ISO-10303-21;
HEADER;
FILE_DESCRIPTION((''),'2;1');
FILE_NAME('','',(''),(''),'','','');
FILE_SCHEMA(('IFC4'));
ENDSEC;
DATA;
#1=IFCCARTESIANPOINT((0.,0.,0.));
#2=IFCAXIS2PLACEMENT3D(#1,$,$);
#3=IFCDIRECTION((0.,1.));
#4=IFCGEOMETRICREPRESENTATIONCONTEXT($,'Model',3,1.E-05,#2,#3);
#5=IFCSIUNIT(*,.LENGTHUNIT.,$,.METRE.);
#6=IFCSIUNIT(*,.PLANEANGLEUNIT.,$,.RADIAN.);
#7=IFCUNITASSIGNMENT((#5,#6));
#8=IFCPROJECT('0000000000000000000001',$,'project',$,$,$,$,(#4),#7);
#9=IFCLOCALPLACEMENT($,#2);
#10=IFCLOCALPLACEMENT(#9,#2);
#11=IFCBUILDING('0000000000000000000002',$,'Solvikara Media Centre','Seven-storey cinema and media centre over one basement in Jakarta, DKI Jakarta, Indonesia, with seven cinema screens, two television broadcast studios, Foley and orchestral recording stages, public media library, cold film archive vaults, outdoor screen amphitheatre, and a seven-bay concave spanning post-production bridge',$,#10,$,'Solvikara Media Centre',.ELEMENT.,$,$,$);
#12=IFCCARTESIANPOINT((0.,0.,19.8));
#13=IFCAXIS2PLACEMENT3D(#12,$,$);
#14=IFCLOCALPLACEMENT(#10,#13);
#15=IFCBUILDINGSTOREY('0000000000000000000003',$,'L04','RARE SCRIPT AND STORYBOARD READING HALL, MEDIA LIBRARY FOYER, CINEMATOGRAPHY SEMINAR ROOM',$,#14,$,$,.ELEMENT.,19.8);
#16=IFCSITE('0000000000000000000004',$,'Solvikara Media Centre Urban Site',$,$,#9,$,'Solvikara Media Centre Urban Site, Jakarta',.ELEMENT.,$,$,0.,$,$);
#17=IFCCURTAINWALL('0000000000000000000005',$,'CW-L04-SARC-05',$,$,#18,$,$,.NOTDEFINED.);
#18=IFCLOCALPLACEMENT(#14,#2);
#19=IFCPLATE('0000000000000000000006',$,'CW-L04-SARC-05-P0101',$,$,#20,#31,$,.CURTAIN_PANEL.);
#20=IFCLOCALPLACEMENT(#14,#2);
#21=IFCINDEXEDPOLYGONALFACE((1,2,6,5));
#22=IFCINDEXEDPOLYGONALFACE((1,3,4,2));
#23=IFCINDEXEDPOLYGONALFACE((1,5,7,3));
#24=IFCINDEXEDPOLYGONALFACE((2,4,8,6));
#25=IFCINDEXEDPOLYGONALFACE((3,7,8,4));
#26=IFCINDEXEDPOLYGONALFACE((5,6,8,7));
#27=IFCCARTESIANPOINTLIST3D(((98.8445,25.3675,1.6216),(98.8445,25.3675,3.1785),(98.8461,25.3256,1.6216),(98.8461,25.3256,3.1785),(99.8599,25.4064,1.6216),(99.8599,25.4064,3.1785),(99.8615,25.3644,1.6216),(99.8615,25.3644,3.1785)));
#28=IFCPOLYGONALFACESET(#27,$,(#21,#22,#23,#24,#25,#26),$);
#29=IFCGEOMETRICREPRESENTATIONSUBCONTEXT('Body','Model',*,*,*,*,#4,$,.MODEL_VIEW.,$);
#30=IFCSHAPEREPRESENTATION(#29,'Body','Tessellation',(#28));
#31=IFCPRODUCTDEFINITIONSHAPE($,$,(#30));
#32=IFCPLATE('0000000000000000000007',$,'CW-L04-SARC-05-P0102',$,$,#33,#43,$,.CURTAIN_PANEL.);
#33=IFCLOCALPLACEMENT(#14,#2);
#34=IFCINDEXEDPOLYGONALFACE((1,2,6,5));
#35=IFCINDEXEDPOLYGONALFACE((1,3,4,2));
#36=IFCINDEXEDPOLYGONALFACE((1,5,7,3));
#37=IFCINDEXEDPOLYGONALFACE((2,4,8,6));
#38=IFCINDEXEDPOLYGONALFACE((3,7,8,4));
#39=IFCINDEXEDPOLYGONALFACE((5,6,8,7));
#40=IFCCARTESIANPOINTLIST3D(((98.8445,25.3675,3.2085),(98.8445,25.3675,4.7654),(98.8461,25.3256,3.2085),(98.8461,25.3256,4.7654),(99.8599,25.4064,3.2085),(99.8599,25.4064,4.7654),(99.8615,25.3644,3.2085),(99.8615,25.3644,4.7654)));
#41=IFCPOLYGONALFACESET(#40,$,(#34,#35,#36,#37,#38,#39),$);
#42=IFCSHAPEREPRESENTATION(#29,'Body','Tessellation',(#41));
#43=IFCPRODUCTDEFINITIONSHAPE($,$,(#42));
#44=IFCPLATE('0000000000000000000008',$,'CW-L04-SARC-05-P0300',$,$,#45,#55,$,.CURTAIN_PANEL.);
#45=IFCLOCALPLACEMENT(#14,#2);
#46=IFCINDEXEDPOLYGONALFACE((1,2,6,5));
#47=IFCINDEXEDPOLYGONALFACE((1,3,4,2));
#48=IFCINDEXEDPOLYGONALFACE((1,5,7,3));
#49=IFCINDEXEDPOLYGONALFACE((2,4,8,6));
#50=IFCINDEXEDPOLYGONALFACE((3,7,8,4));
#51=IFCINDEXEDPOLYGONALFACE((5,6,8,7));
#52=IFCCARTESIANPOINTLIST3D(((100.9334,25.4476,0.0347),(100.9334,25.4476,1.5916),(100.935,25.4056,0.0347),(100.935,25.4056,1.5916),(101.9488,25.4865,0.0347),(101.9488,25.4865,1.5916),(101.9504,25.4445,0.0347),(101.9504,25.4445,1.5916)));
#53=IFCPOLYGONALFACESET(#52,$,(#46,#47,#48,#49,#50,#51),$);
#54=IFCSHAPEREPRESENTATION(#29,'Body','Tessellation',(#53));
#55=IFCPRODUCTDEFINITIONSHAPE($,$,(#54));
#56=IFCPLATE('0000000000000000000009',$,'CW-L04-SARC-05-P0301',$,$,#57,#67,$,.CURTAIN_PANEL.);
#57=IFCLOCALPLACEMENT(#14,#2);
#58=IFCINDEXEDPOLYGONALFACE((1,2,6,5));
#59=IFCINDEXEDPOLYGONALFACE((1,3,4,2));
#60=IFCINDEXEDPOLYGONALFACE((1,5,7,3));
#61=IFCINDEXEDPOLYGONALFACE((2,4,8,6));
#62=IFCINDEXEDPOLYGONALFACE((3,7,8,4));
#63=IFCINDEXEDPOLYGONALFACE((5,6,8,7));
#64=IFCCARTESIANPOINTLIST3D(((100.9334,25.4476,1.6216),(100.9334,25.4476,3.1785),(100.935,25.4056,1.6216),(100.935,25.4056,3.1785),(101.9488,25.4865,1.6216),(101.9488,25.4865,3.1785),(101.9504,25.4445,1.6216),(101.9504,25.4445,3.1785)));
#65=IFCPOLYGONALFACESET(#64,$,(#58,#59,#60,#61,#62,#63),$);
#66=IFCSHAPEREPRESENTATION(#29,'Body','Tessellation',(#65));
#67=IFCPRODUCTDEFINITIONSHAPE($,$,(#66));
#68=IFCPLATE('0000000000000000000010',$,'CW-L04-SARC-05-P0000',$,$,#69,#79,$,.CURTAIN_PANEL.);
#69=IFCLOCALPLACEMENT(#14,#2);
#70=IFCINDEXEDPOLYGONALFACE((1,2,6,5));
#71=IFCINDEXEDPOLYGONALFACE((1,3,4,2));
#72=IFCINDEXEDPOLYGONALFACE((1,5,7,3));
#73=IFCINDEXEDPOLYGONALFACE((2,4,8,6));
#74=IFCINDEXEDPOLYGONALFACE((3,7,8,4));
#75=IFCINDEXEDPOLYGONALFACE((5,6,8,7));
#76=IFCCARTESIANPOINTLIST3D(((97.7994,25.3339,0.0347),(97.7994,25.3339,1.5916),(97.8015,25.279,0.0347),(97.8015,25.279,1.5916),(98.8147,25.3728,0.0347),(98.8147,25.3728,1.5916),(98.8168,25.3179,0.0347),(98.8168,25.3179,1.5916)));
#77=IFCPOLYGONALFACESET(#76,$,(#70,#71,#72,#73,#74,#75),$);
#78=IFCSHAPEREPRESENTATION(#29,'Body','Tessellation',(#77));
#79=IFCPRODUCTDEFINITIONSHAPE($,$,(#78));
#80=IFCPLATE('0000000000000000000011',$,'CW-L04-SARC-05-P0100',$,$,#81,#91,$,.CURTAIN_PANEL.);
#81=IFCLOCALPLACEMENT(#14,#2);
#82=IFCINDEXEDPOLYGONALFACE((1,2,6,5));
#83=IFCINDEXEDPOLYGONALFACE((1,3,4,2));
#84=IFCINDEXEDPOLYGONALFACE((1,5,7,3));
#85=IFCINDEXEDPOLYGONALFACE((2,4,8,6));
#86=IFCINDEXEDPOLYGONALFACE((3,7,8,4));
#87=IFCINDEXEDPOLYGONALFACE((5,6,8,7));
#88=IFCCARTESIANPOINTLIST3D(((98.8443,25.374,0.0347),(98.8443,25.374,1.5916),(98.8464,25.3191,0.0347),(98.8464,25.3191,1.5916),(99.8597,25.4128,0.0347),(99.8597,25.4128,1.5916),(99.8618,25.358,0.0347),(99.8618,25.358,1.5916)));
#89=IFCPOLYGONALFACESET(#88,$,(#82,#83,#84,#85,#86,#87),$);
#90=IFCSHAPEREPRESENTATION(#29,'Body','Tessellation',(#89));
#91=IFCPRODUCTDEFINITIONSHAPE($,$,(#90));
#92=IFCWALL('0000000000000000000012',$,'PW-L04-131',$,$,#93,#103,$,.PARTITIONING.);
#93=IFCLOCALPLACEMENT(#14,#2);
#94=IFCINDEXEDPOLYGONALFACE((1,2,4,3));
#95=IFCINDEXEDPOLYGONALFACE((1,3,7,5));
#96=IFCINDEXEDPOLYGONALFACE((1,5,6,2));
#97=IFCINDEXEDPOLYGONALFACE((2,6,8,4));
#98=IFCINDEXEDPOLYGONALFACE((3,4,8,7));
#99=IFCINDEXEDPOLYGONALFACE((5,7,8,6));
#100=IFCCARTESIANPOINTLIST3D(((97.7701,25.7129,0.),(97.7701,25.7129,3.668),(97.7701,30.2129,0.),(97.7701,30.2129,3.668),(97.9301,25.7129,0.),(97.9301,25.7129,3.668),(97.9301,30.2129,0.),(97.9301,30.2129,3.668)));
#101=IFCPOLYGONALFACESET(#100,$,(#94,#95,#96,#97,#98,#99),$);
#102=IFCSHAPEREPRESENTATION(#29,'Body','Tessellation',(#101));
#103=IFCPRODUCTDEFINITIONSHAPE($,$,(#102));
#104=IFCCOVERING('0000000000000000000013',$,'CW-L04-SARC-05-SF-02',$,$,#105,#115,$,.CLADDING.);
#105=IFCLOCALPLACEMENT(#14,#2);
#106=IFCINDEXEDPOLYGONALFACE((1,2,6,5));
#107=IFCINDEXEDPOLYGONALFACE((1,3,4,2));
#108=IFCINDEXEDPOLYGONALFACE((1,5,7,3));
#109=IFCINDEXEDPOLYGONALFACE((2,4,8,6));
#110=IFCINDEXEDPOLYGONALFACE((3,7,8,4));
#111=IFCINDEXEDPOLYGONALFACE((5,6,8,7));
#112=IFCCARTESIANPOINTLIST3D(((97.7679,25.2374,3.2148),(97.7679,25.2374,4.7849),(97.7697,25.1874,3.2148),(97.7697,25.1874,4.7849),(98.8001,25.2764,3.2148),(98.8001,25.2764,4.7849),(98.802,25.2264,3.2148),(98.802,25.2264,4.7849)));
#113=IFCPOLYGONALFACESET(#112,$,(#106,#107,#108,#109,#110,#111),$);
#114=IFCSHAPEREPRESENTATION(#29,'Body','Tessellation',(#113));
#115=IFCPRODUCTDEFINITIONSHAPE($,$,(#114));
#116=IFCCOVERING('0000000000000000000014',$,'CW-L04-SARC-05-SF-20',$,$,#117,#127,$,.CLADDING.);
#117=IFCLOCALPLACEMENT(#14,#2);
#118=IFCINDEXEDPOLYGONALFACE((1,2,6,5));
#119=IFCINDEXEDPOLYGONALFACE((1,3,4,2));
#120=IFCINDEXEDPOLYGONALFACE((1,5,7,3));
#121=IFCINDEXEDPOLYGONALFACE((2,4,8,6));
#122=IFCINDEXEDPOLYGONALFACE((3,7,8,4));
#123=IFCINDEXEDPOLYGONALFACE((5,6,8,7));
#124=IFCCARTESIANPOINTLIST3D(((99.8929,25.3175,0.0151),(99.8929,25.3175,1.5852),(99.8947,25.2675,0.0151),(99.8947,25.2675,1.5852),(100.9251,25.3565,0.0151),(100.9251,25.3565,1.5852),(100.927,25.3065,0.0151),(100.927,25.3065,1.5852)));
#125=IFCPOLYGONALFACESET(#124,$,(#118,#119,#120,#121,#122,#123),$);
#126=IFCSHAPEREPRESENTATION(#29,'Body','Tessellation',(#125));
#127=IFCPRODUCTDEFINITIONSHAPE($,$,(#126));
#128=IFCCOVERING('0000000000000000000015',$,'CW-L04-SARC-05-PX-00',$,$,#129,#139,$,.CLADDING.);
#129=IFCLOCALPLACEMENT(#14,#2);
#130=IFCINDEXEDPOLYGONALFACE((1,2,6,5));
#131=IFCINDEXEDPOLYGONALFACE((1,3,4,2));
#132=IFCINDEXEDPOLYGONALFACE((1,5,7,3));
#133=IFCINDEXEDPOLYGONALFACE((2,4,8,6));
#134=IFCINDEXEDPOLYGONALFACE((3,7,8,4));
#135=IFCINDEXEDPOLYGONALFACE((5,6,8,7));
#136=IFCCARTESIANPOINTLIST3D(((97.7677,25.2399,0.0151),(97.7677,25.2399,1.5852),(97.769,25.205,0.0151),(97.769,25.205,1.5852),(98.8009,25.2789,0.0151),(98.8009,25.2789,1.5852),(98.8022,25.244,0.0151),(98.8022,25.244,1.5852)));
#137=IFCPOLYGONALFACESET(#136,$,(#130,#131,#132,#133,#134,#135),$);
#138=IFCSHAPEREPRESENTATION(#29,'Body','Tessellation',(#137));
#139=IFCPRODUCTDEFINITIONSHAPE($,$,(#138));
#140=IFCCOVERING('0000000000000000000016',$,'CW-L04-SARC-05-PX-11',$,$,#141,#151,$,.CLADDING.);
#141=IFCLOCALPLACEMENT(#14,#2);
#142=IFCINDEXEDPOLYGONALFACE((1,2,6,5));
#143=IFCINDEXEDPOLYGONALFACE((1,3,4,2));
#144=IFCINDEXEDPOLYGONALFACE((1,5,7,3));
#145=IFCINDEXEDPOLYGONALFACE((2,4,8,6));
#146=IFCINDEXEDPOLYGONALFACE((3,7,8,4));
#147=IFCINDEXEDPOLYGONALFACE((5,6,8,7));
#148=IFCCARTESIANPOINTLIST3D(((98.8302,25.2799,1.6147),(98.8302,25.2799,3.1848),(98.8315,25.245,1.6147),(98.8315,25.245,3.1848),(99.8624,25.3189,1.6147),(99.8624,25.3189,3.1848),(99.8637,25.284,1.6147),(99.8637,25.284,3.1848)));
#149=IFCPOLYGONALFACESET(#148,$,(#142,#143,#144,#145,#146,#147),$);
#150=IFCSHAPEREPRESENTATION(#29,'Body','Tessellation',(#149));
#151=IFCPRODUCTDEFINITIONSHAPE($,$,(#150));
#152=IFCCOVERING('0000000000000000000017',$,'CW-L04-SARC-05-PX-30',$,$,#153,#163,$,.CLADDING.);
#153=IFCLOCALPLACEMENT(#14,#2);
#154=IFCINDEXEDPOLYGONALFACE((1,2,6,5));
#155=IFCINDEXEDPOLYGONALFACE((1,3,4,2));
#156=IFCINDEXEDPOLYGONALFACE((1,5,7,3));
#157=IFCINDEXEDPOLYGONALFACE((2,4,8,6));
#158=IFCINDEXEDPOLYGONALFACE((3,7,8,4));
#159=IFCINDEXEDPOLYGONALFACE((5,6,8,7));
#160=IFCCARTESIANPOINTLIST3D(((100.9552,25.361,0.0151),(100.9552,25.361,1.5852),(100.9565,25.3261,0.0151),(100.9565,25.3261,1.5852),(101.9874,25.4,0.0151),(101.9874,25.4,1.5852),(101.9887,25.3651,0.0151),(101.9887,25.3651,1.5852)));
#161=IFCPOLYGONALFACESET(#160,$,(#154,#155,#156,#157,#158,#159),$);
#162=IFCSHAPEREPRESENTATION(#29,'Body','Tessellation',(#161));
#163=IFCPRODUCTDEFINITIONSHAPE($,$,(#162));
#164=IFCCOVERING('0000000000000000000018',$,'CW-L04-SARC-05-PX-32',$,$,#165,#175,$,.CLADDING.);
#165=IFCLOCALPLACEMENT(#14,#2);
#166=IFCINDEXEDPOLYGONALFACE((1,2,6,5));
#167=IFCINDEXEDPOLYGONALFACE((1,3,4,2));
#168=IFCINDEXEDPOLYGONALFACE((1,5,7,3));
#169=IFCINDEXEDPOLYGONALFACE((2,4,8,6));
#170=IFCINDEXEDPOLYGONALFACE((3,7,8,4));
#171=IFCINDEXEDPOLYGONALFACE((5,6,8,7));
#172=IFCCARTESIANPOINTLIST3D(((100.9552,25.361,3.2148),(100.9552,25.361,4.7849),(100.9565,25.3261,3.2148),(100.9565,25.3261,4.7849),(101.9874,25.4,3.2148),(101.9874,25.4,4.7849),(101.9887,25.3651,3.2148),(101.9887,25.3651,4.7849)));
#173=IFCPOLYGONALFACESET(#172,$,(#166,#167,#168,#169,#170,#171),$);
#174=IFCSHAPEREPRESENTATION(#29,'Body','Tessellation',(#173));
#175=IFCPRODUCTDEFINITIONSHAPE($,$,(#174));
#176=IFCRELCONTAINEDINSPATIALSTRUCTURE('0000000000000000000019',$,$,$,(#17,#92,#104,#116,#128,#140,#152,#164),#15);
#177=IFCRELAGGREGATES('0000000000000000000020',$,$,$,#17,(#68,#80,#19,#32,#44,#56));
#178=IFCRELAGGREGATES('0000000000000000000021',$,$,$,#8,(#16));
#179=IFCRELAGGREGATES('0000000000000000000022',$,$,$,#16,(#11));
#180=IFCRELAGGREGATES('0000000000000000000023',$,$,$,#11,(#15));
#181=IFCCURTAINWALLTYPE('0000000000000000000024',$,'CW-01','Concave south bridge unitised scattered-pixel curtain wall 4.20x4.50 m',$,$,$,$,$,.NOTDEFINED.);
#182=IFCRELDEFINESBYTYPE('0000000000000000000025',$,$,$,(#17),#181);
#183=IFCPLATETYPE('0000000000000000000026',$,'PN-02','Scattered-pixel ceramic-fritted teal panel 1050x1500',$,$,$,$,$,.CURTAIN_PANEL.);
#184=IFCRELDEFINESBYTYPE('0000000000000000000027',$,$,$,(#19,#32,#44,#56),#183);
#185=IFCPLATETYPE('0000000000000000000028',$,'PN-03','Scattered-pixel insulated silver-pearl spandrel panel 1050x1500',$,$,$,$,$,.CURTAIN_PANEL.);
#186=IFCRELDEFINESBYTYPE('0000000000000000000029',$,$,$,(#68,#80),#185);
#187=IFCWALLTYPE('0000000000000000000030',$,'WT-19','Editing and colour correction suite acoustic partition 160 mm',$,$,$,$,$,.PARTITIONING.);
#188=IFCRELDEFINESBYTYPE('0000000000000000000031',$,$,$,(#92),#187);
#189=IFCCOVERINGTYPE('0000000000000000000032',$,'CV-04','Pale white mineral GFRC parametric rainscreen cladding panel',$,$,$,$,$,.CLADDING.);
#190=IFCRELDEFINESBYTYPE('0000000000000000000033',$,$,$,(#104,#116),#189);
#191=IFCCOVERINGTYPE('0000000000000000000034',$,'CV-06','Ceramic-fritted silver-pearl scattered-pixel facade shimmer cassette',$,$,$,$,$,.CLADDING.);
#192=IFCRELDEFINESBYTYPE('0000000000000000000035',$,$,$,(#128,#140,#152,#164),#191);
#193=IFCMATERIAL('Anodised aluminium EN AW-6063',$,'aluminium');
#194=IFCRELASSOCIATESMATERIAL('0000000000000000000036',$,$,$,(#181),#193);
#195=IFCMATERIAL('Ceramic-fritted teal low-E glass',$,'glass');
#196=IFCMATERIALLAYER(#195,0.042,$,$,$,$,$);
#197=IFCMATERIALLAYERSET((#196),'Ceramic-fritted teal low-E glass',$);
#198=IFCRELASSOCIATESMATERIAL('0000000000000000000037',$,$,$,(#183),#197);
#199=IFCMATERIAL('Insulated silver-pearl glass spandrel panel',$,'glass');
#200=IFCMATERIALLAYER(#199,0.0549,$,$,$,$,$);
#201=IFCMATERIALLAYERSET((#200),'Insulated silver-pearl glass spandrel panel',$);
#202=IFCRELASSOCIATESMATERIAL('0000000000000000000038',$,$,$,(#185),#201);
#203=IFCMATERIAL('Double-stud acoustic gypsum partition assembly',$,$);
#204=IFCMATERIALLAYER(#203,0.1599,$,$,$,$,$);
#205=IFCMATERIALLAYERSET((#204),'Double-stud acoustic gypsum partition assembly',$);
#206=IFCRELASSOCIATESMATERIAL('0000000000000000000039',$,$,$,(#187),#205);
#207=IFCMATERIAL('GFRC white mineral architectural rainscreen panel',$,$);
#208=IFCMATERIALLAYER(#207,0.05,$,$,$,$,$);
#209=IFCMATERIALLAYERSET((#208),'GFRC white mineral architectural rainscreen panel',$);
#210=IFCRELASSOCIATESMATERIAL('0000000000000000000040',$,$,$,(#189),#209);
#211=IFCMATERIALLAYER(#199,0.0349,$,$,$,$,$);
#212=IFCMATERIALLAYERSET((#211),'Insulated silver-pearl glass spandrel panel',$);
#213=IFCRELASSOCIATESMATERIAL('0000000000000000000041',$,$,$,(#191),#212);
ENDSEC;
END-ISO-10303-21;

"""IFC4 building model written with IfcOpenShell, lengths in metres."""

from ifc_helpers import new_model, si_unit, direction, frame, frame_2d, origin, origin_2d, place, context, subcontext, project, spatial, rectangle, extrude, material, layer, layer_set, type_object, element, aggregate, save


model = new_model("IFC4")

# Units and contexts
model_context = context("Model", 3, precision=1e-05, world=origin(), true_north=direction((0.0, 1.0)))
body_context = subcontext(model_context, "Body", "Model", "MODEL_VIEW")
ifc_project = project(units=[si_unit("LENGTHUNIT", "METRE"), si_unit("PLANEANGLEUNIT", "RADIAN")], contexts=[model_context])

# Site, building, storey
site_placement = place(None, origin())
site = spatial("IfcSite", under=ifc_project, at=site_placement, Name="Solvikara Media Centre Urban Site", LongName="Solvikara Media Centre Urban Site, Jakarta", CompositionType="ELEMENT", RefElevation=0.0)
building_placement = place(site_placement, origin())
building = spatial("IfcBuilding", under=site, at=building_placement, Name="Solvikara Media Centre", Description="Seven-storey cinema and media centre over one basement in Jakarta, DKI Jakarta, Indonesia, with seven cinema screens, two television broadcast studios, Foley and orchestral recording stages, public media library, cold film archive vaults, outdoor screen amphitheatre, and a seven-bay concave spanning post-production bridge", LongName="Solvikara Media Centre", CompositionType="ELEMENT")
storey_placement = place(building_placement, frame((0.0, 0.0, 19.8)))
storey = spatial("IfcBuildingStorey", under=building, at=storey_placement, Name="L04", Description="RARE SCRIPT AND STORYBOARD READING HALL, MEDIA LIBRARY FOYER, CINEMATOGRAPHY SEMINAR ROOM", CompositionType="ELEMENT", Elevation=19.8)

# Curtain wall, plates
ifc_material_1 = material(Name="Anodised aluminium EN AW-6063", Category="aluminium")
curtain_wall_type = type_object("IfcCurtainWallType", Name="CW-01", Description="Concave south bridge unitised scattered-pixel curtain wall 4.20x4.50 m", PredefinedType="NOTDEFINED", material=ifc_material_1)
curtain_wall_placement = place(storey_placement, origin())
curtain_wall = element("IfcCurtainWall", 1, at=curtain_wall_placement, inside=storey, type_object=curtain_wall_type, Name="CW-L04-SARC-05", PredefinedType="NOTDEFINED")
ifc_material_2 = material(Name="Ceramic-fritted teal low-E glass", Category="glass")
ifc_layer_1 = layer(ifc_material_2, 0.042)
ifc_layer_set_1 = layer_set([ifc_layer_1], Name="Ceramic-fritted teal low-E glass")
plate_type_1 = type_object("IfcPlateType", Name="PN-02", Description="Scattered-pixel ceramic-fritted teal panel 1050x1500", PredefinedType="CURTAIN_PANEL", material=ifc_layer_set_1)
plate_1_placement = place(storey_placement, frame((99.353, 25.366, 1.6216), z_axis=(0.0, 0.0, 1.0), x_axis=(0.999268, 0.038248, 0.0)))
plate_1 = element("IfcPlate", 2, at=plate_1_placement, type_object=plate_type_1, Name="CW-L04-SARC-05-P0101", PredefinedType="CURTAIN_PANEL", context=body_context, shape_type="SweptSolid", body=[
    extrude(rectangle(XDim=1.0161, YDim=0.042, at=origin_2d()), origin(), (0.0, 0.0, 1.0), 1.5569),
])
plate_2_placement = place(storey_placement, frame((99.353, 25.366, 3.2085), z_axis=(0.0, 0.0, 1.0), x_axis=(0.999268, 0.038248, 0.0)))
plate_2 = element("IfcPlate", 3, at=plate_2_placement, type_object=plate_type_1, Name="CW-L04-SARC-05-P0102", PredefinedType="CURTAIN_PANEL", context=body_context, shape_type="SweptSolid", body=[
    extrude(rectangle(XDim=1.0161, YDim=0.042, at=origin_2d()), origin(), (0.0, 0.0, 1.0), 1.5569),
])
plate_3_placement = place(storey_placement, frame((101.4419, 25.446, 0.0347), z_axis=(0.0, 0.0, 1.0), x_axis=(0.999268, 0.038248, 0.0)))
plate_3 = element("IfcPlate", 4, at=plate_3_placement, type_object=plate_type_1, Name="CW-L04-SARC-05-P0300", PredefinedType="CURTAIN_PANEL", context=body_context, shape_type="SweptSolid", body=[
    extrude(rectangle(XDim=1.0161, YDim=0.042, at=origin_2d()), origin(), (0.0, 0.0, 1.0), 1.5569),
])
plate_4_placement = place(storey_placement, frame((101.4419, 25.446, 1.6216), z_axis=(0.0, 0.0, 1.0), x_axis=(0.999268, 0.038248, 0.0)))
plate_4 = element("IfcPlate", 5, at=plate_4_placement, type_object=plate_type_1, Name="CW-L04-SARC-05-P0301", PredefinedType="CURTAIN_PANEL", context=body_context, shape_type="SweptSolid", body=[
    extrude(rectangle(XDim=1.0161, YDim=0.042, at=origin_2d()), origin(), (0.0, 0.0, 1.0), 1.5569),
])
ifc_material_3 = material(Name="Insulated silver-pearl glass spandrel panel", Category="glass")
ifc_layer_2 = layer(ifc_material_3, 0.0549)
ifc_layer_set_2 = layer_set([ifc_layer_2], Name="Insulated silver-pearl glass spandrel panel")
plate_type_2 = type_object("IfcPlateType", Name="PN-03", Description="Scattered-pixel insulated silver-pearl spandrel panel 1050x1500", PredefinedType="CURTAIN_PANEL", material=ifc_layer_set_2)
plate_5_placement = place(storey_placement, frame((98.3081, 25.3259, 0.0347), z_axis=(0.0, 0.0, 1.0), x_axis=(0.999268, 0.038248, 0.0)))
plate_5 = element("IfcPlate", 6, at=plate_5_placement, type_object=plate_type_2, Name="CW-L04-SARC-05-P0000", PredefinedType="CURTAIN_PANEL", context=body_context, shape_type="SweptSolid", body=[
    extrude(rectangle(XDim=1.0161, YDim=0.0549, at=origin_2d()), origin(), (0.0, 0.0, 1.0), 1.5569),
])
plate_6_placement = place(storey_placement, frame((99.353, 25.366, 0.0347), z_axis=(0.0, 0.0, 1.0), x_axis=(0.999268, 0.038248, 0.0)))
plate_6 = element("IfcPlate", 7, at=plate_6_placement, type_object=plate_type_2, Name="CW-L04-SARC-05-P0100", PredefinedType="CURTAIN_PANEL", context=body_context, shape_type="SweptSolid", body=[
    extrude(rectangle(XDim=1.0161, YDim=0.0549, at=origin_2d()), origin(), (0.0, 0.0, 1.0), 1.5569),
])
aggregate(curtain_wall, [plate_5, plate_6, plate_1, plate_2, plate_3, plate_4])

# Wall
ifc_material_4 = material(Name="Double-stud acoustic gypsum partition assembly")
ifc_layer_3 = layer(ifc_material_4, 0.1599)
ifc_layer_set_3 = layer_set([ifc_layer_3], Name="Double-stud acoustic gypsum partition assembly")
wall_type = type_object("IfcWallType", Name="WT-19", Description="Editing and colour correction suite acoustic partition 160 mm", PredefinedType="PARTITIONING", material=ifc_layer_set_3)
wall_placement = place(storey_placement, frame((97.8501, 25.7129, 0.0), z_axis=(0.0, 0.0, 1.0), x_axis=(0.0, 1.0, 0.0)))
element("IfcWall", 8, at=wall_placement, inside=storey, type_object=wall_type, Name="PW-L04-131", PredefinedType="PARTITIONING", context=body_context, shape_type="SweptSolid", body=[
    extrude(rectangle(XDim=4.5, YDim=0.1599, at=frame_2d((2.25, 0.0))), origin(), (0.0, 0.0, 1.0), 3.668),
])

# Coverings
ifc_material_5 = material(Name="GFRC white mineral architectural rainscreen panel")
ifc_layer_4 = layer(ifc_material_5, 0.05)
ifc_layer_set_4 = layer_set([ifc_layer_4], Name="GFRC white mineral architectural rainscreen panel")
covering_type_1 = type_object("IfcCoveringType", Name="CV-04", Description="Pale white mineral GFRC parametric rainscreen cladding panel", PredefinedType="CLADDING", material=ifc_layer_set_4)
for number, where, z_axis, x_axis, name in (
    (9, (98.2849, 25.2319, 3.2148), (0.0, 0.0, 1.0), (0.999287, 0.03776, 0.0), "CW-L04-SARC-05-SF-02"),
    (10, (100.4099, 25.312, 0.0151), (0.0, 0.0, 1.0), (0.999287, 0.03776, 0.0), "CW-L04-SARC-05-SF-20"),
):
    element("IfcCovering", number, at=place(storey_placement, frame(where, z_axis=z_axis, x_axis=x_axis)), inside=storey, type_object=covering_type_1, Name=name, PredefinedType="CLADDING", context=body_context, shape_type="SweptSolid", body=[
        extrude(rectangle(XDim=1.033, YDim=0.05, at=origin_2d()), origin(), (0.0, 0.0, 1.0), 1.5701),
    ])
ifc_layer_5 = layer(ifc_material_3, 0.0349)
ifc_layer_set_5 = layer_set([ifc_layer_5], Name="Insulated silver-pearl glass spandrel panel")
covering_type_2 = type_object("IfcCoveringType", Name="CV-06", Description="Ceramic-fritted silver-pearl scattered-pixel facade shimmer cassette", PredefinedType="CLADDING", material=ifc_layer_set_5)
covering_placement = place(storey_placement, frame((98.2849, 25.2419, 0.0151), z_axis=(0.0, 0.0, 1.0), x_axis=(0.999288, 0.037725, 0.0)))
element("IfcCovering", 11, at=covering_placement, inside=storey, type_object=covering_type_2, Name="CW-L04-SARC-05-PX-00", PredefinedType="CLADDING", context=body_context, shape_type="SweptSolid", body=[
    extrude(rectangle(XDim=1.0339, YDim=0.0349, at=origin_2d()), origin(), (0.0, 0.0, 1.0), 1.5701),
])
for number, where, z_axis, x_axis, name in (
    (12, (99.3469, 25.282, 1.6147), (0.0, 0.0, 1.0), (0.999287, 0.03776, 0.0), "CW-L04-SARC-05-PX-11"),
    (13, (101.4719, 25.363, 0.0151), (0.0, 0.0, 1.0), (0.999287, 0.03776, 0.0), "CW-L04-SARC-05-PX-30"),
    (14, (101.4719, 25.363, 3.2148), (0.0, 0.0, 1.0), (0.999287, 0.03776, 0.0), "CW-L04-SARC-05-PX-32"),
):
    element("IfcCovering", number, at=place(storey_placement, frame(where, z_axis=z_axis, x_axis=x_axis)), inside=storey, type_object=covering_type_2, Name=name, PredefinedType="CLADDING", context=body_context, shape_type="SweptSolid", body=[
        extrude(rectangle(XDim=1.033, YDim=0.0349, at=origin_2d()), origin(), (0.0, 0.0, 1.0), 1.5701),
    ])

save(model, "model.ifc")
